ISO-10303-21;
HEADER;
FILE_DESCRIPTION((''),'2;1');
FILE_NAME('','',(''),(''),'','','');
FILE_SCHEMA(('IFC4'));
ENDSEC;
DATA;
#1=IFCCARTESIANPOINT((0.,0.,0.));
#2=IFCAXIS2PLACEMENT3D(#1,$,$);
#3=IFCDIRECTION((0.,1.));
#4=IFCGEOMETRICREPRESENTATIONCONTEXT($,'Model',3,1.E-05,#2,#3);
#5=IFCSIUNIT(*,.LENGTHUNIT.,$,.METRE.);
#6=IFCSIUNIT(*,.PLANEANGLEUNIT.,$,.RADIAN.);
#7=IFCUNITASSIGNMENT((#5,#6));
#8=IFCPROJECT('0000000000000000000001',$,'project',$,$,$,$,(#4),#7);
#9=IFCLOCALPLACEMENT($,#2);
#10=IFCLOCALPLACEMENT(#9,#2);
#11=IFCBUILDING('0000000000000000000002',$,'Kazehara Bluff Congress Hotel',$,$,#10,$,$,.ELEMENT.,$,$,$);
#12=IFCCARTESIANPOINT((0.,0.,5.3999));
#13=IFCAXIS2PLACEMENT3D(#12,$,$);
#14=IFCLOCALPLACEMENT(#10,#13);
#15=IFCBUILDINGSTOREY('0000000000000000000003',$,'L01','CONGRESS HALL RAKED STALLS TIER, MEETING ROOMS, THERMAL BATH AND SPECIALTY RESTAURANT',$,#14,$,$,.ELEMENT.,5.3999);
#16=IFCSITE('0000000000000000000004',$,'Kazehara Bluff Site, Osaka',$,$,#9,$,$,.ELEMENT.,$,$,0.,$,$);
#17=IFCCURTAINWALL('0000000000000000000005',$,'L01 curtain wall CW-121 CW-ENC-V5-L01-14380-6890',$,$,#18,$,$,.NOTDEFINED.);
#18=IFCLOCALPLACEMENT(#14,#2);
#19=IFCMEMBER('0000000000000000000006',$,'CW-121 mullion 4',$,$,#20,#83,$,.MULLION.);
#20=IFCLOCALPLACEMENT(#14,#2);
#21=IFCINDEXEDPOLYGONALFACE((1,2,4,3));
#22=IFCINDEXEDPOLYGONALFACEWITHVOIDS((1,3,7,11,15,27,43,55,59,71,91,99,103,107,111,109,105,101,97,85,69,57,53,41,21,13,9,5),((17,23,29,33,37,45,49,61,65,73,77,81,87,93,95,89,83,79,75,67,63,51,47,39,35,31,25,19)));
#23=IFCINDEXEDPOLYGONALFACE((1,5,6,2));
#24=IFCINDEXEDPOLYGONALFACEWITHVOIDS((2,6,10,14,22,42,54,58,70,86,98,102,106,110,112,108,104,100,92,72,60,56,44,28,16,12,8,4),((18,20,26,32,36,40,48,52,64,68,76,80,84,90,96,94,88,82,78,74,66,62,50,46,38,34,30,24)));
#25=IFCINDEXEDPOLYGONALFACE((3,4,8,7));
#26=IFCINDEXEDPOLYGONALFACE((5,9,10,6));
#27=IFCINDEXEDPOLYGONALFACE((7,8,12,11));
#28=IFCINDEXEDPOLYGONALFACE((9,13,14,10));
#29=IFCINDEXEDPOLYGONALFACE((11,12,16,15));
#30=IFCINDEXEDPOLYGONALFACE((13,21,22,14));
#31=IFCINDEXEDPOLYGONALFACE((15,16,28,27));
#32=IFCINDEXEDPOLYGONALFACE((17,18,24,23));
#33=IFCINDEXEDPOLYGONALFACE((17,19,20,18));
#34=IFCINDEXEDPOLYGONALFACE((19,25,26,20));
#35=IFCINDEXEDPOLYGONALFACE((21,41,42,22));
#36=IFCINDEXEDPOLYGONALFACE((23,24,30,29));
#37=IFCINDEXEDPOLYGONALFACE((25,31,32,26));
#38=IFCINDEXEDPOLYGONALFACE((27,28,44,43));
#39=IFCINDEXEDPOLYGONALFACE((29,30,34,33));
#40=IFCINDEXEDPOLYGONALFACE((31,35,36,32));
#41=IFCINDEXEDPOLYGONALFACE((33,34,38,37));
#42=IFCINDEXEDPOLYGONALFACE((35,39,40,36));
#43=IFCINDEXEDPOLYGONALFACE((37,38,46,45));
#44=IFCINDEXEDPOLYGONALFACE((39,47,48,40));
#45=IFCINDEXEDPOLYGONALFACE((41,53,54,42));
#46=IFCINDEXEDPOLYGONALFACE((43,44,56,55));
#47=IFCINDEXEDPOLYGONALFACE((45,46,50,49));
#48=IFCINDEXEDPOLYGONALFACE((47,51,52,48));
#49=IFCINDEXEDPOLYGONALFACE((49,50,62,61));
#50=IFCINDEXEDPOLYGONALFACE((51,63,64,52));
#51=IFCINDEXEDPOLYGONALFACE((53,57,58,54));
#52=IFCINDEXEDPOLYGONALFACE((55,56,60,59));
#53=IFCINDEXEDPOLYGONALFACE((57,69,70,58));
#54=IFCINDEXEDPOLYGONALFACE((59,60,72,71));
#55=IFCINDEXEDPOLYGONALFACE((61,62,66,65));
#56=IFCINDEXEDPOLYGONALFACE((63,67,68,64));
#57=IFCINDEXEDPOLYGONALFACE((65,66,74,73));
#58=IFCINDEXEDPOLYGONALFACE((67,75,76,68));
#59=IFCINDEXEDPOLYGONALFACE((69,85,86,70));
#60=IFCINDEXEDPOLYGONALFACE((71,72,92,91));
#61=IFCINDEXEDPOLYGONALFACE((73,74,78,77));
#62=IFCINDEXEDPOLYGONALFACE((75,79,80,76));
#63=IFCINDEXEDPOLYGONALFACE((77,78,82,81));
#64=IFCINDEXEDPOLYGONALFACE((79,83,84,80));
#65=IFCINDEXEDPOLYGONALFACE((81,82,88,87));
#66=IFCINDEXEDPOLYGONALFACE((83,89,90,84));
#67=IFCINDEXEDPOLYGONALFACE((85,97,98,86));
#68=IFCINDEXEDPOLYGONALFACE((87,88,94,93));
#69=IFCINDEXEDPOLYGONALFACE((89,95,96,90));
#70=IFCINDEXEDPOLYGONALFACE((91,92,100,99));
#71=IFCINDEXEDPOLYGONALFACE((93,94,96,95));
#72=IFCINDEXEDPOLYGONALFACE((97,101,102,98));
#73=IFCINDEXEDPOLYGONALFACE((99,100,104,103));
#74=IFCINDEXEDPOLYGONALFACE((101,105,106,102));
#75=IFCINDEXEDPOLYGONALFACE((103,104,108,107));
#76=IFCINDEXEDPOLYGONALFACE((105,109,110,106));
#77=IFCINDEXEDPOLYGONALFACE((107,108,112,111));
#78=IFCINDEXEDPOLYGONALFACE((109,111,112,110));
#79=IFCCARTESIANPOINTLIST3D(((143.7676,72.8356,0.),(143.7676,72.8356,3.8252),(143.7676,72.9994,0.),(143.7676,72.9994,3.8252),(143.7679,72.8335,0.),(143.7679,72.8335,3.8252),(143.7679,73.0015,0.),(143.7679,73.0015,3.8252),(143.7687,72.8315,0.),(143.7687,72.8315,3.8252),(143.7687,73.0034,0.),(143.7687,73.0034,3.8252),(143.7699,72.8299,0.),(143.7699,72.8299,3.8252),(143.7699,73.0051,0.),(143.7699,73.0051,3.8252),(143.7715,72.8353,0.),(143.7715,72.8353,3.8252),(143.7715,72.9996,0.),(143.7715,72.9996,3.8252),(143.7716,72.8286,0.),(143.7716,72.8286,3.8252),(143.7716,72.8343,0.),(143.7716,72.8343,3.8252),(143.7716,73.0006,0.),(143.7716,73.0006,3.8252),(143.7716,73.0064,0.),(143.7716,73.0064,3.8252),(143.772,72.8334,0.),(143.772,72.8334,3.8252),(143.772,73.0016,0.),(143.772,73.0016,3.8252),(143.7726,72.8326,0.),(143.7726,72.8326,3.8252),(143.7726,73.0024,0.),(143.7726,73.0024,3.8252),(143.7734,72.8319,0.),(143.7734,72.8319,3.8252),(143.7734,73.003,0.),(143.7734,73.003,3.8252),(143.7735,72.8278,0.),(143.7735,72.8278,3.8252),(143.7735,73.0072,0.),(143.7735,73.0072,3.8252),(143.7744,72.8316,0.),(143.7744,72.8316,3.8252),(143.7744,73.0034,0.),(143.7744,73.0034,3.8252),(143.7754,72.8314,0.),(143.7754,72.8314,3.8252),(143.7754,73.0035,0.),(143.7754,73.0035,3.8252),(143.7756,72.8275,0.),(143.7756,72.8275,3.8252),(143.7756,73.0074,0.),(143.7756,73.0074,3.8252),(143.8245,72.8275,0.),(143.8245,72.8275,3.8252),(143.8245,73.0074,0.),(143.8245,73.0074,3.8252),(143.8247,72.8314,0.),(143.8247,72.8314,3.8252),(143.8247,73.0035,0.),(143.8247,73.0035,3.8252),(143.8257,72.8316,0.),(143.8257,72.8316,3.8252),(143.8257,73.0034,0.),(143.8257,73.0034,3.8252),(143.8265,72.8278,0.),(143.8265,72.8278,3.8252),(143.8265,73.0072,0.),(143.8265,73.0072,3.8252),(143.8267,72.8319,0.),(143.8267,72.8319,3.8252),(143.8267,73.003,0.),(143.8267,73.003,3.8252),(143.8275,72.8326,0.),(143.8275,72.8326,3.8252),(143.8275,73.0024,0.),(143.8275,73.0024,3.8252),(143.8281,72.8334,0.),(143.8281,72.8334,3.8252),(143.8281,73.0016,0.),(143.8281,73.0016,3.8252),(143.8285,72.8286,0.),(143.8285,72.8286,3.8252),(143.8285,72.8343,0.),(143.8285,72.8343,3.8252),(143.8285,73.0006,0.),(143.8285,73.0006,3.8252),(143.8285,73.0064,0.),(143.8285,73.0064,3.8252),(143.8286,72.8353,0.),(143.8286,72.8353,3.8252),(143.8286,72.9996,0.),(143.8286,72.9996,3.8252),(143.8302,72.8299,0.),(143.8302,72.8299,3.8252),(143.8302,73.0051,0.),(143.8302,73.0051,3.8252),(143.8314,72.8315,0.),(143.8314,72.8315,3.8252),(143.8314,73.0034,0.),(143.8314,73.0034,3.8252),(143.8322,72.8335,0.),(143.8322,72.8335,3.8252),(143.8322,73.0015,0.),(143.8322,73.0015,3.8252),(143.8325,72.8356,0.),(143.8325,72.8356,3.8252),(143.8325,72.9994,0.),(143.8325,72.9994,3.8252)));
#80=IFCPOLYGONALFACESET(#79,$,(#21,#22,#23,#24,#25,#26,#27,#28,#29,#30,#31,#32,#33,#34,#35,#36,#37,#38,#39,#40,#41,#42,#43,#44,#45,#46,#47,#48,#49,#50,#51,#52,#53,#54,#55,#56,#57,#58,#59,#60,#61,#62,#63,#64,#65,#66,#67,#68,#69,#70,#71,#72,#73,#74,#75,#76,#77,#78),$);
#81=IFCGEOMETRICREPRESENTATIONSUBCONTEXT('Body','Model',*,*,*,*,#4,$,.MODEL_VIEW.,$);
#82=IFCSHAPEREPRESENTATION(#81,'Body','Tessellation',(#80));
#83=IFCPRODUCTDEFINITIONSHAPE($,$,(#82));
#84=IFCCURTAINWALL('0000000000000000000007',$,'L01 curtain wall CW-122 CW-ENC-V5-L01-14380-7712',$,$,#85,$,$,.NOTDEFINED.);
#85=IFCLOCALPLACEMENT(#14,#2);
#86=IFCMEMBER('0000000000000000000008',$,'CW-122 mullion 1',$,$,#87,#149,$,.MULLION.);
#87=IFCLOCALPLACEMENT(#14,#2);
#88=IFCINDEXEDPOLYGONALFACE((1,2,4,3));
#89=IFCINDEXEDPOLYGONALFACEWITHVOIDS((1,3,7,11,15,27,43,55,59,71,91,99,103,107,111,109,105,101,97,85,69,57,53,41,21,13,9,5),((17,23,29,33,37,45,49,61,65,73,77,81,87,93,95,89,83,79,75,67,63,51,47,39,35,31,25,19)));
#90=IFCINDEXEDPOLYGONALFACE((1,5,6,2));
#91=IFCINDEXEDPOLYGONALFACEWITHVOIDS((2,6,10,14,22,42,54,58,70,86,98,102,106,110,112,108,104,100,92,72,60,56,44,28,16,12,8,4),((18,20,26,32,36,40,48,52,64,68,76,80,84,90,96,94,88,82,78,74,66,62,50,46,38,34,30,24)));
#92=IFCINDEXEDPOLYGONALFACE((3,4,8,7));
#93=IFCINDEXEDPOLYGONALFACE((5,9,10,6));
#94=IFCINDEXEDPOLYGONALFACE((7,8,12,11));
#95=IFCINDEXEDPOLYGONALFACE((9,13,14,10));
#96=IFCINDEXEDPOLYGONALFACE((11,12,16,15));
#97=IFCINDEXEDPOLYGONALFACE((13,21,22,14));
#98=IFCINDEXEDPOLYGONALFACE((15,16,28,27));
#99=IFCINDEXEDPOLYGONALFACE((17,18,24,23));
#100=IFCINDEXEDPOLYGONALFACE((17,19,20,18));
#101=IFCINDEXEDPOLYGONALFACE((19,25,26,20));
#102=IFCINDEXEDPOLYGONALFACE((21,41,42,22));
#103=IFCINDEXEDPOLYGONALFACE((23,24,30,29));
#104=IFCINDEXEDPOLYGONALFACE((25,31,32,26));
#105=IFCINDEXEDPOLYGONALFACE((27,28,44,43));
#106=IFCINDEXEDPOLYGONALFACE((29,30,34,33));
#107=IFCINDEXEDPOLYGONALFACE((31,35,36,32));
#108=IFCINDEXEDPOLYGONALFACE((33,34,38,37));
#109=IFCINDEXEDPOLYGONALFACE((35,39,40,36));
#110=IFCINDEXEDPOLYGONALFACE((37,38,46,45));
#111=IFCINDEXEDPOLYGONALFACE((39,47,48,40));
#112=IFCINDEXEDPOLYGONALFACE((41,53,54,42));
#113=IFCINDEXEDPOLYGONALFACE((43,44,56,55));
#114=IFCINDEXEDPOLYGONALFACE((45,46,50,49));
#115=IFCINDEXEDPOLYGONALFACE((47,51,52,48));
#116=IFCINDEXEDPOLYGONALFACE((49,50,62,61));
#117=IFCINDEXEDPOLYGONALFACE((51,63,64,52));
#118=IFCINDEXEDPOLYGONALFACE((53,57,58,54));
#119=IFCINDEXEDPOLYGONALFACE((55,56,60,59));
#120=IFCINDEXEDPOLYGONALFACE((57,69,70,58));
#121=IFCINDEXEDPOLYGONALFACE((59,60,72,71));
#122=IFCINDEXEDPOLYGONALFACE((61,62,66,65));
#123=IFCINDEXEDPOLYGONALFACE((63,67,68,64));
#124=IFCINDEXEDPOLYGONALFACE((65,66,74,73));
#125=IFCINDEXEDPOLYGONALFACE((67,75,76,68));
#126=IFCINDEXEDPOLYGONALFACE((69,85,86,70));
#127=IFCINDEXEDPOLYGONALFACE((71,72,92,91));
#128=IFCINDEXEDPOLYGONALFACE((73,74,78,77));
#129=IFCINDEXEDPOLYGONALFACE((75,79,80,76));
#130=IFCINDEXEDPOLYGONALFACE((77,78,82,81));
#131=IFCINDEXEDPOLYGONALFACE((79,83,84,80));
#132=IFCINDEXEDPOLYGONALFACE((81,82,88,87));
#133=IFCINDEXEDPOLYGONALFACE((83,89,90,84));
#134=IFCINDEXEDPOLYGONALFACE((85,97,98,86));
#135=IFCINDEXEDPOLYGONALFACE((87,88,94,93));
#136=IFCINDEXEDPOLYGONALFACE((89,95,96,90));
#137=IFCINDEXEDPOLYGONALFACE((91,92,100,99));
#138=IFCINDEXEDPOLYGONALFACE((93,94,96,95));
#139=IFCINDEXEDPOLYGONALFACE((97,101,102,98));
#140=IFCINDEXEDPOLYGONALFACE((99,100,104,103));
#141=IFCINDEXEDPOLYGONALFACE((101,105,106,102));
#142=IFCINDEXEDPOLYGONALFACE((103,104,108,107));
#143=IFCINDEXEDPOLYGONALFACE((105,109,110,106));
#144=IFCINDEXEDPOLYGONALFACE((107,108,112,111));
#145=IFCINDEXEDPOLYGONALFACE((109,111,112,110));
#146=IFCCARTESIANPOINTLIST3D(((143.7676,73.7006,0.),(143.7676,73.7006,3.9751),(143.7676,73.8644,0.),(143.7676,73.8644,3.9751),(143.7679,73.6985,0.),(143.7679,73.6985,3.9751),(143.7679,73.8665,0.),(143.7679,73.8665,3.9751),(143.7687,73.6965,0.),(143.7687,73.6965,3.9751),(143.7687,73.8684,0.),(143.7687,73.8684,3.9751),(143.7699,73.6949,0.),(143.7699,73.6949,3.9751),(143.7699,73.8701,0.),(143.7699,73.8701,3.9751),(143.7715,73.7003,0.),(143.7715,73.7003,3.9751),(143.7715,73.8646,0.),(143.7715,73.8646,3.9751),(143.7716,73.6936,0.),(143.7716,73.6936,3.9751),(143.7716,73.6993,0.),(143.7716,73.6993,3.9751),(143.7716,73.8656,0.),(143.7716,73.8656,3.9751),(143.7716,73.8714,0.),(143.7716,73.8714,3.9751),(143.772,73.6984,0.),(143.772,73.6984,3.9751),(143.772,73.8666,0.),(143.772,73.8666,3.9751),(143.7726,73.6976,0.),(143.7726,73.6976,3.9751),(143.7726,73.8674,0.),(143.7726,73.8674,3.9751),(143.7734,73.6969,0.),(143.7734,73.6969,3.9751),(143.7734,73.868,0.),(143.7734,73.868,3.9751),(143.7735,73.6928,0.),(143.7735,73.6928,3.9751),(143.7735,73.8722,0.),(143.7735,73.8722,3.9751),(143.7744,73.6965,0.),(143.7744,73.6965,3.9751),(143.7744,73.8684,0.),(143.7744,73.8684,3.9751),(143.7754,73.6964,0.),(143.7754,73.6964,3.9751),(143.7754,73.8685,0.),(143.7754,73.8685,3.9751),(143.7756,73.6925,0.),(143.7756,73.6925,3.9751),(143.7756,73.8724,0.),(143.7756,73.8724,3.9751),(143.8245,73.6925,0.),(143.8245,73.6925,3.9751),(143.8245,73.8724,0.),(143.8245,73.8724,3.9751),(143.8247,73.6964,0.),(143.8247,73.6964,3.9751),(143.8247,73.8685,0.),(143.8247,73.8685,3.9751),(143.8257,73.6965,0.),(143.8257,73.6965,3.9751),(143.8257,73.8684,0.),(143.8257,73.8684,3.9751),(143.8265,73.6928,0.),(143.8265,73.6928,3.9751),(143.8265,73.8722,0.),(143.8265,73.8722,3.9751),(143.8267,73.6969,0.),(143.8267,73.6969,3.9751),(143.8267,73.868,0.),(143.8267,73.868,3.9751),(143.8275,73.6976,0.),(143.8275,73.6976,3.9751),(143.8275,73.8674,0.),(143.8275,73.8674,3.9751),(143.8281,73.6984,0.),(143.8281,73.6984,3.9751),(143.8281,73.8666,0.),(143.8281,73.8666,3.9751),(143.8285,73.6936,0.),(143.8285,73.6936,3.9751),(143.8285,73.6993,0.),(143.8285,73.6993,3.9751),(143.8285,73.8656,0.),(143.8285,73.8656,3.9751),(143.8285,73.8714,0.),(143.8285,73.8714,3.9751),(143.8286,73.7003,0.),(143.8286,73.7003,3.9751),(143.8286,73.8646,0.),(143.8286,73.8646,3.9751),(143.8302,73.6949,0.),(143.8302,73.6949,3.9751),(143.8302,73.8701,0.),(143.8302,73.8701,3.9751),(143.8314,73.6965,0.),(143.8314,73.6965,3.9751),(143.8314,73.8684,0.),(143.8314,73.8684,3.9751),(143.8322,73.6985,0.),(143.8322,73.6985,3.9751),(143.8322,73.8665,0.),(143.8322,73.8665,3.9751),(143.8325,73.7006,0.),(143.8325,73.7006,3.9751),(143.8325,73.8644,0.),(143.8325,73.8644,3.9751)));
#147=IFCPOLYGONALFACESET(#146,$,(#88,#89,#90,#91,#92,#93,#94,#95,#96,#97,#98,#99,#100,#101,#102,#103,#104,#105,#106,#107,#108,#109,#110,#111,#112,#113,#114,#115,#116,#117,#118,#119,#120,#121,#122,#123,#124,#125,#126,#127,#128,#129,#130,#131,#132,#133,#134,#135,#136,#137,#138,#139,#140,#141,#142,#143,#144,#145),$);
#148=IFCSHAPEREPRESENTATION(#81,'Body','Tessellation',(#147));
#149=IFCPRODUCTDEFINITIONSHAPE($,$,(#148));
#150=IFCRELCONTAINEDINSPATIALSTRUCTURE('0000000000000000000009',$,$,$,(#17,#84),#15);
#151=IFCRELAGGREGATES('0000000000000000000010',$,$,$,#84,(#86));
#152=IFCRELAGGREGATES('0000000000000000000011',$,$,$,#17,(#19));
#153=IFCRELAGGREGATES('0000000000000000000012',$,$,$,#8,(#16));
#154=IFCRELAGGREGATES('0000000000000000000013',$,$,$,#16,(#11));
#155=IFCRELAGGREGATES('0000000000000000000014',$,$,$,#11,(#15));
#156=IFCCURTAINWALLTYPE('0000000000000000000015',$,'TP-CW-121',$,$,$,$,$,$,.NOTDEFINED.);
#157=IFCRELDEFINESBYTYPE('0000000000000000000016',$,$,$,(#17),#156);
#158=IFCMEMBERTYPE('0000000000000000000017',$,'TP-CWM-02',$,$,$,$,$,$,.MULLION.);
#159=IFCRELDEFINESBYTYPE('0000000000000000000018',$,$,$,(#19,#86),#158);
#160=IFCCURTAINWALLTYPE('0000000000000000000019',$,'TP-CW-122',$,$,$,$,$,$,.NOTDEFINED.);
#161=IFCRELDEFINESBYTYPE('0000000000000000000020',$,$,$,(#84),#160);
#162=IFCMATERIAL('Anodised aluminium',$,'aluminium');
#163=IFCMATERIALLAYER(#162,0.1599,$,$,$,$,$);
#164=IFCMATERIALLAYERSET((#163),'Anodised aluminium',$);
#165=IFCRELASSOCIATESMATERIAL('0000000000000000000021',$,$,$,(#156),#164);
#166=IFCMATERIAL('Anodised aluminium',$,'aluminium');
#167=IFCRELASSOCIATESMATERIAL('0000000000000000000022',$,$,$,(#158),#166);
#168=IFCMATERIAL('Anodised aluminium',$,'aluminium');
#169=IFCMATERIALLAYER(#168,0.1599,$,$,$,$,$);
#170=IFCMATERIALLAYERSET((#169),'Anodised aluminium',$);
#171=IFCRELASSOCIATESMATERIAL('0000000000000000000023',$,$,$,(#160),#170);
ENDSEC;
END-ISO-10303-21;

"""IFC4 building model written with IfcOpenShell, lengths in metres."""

from ifc_helpers import new_model, si_unit, direction, frame, origin, origin_2d, place, context, subcontext, project, spatial, hollow_rectangle, extrude, material, layer, layer_set, material_profile, profile_set, type_object, element, aggregate, save


model = new_model("IFC4")

# Units and contexts
model_context = context("Model", 3, precision=1e-05, world=origin(), true_north=direction((0.0, 1.0)))
body_context = subcontext(model_context, "Body", "Model", "MODEL_VIEW")
ifc_project = project(units=[si_unit("LENGTHUNIT", "METRE"), si_unit("PLANEANGLEUNIT", "RADIAN")], contexts=[model_context])

# Site, building, storey
site_placement = place(None, origin())
site = spatial("IfcSite", under=ifc_project, at=site_placement, Name="Kazehara Bluff Site, Osaka", CompositionType="ELEMENT", RefElevation=0.0)
building_placement = place(site_placement, origin())
building = spatial("IfcBuilding", under=site, at=building_placement, Name="Kazehara Bluff Congress Hotel", CompositionType="ELEMENT")
storey_placement = place(building_placement, frame((0.0, 0.0, 5.3999)))
storey = spatial("IfcBuildingStorey", under=building, at=storey_placement, Name="L01", Description="CONGRESS HALL RAKED STALLS TIER, MEETING ROOMS, THERMAL BATH AND SPECIALTY RESTAURANT", CompositionType="ELEMENT", Elevation=5.3999)

# Curtain walls, members
ifc_material_1 = material(Name="Anodised aluminium", Category="aluminium")
ifc_layer_1 = layer(ifc_material_1, 0.1599)
ifc_layer_set_1 = layer_set([ifc_layer_1], Name="Anodised aluminium")
curtain_wall_type_1 = type_object("IfcCurtainWallType", Name="TP-CW-121", PredefinedType="NOTDEFINED", material=ifc_layer_set_1)
curtain_wall_1_placement = place(storey_placement, origin())
curtain_wall_1 = element("IfcCurtainWall", 1, at=curtain_wall_1_placement, inside=storey, type_object=curtain_wall_type_1, Name="L01 curtain wall CW-121 CW-ENC-V5-L01-14380-6890", PredefinedType="NOTDEFINED")
ifc_material_2 = material(Name="Anodised aluminium", Category="aluminium")
ifc_material_profile_1 = material_profile(ifc_material_2, hollow_rectangle(XDim=0.0649, YDim=0.1799, WallThickness=0.0039, InnerFilletRadius=0.0039, OuterFilletRadius=0.0081, at=origin_2d()))
ifc_profile_set_1 = profile_set([ifc_material_profile_1], Name="Anodised aluminium")
member_type_1 = type_object("IfcMemberType", Name="TP-CWM-02", PredefinedType="MULLION", material=ifc_profile_set_1)
member_1_placement = place(storey_placement, frame((143.8, 72.9175, 0.0), z_axis=(0.0, 0.0, 1.0), x_axis=(-1.0, 0.0, 0.0)))
member_1 = element("IfcMember", 2, at=member_1_placement, type_object=member_type_1, Name="CW-121 mullion 4", PredefinedType="MULLION", context=body_context, shape_type="SweptSolid", body=[
    extrude(hollow_rectangle(XDim=0.0649, YDim=0.1799, WallThickness=0.0039, InnerFilletRadius=0.0039, OuterFilletRadius=0.0081, at=origin_2d()), origin(), (0.0, 0.0, 1.0), 3.8252),
])
ifc_material_3 = material(Name="Anodised aluminium", Category="aluminium")
ifc_layer_2 = layer(ifc_material_3, 0.1599)
ifc_layer_set_2 = layer_set([ifc_layer_2], Name="Anodised aluminium")
curtain_wall_type_2 = type_object("IfcCurtainWallType", Name="TP-CW-122", PredefinedType="NOTDEFINED", material=ifc_layer_set_2)
curtain_wall_2_placement = place(storey_placement, origin())
curtain_wall_2 = element("IfcCurtainWall", 3, at=curtain_wall_2_placement, inside=storey, type_object=curtain_wall_type_2, Name="L01 curtain wall CW-122 CW-ENC-V5-L01-14380-7712", PredefinedType="NOTDEFINED")
member_2_placement = place(storey_placement, frame((143.8, 73.7825, 0.0), z_axis=(0.0, 0.0, 1.0), x_axis=(-1.0, 0.0, 0.0)))
member_2 = element("IfcMember", 4, at=member_2_placement, type_object=member_type_1, Name="CW-122 mullion 1", PredefinedType="MULLION", context=body_context, shape_type="SweptSolid", body=[
    extrude(hollow_rectangle(XDim=0.0649, YDim=0.1799, WallThickness=0.0039, InnerFilletRadius=0.0039, OuterFilletRadius=0.0081, at=origin_2d()), origin(), (0.0, 0.0, 1.0), 3.9751),
])

aggregate(curtain_wall_2, [member_2])

aggregate(curtain_wall_1, [member_1])

save(model, "model.ifc")
